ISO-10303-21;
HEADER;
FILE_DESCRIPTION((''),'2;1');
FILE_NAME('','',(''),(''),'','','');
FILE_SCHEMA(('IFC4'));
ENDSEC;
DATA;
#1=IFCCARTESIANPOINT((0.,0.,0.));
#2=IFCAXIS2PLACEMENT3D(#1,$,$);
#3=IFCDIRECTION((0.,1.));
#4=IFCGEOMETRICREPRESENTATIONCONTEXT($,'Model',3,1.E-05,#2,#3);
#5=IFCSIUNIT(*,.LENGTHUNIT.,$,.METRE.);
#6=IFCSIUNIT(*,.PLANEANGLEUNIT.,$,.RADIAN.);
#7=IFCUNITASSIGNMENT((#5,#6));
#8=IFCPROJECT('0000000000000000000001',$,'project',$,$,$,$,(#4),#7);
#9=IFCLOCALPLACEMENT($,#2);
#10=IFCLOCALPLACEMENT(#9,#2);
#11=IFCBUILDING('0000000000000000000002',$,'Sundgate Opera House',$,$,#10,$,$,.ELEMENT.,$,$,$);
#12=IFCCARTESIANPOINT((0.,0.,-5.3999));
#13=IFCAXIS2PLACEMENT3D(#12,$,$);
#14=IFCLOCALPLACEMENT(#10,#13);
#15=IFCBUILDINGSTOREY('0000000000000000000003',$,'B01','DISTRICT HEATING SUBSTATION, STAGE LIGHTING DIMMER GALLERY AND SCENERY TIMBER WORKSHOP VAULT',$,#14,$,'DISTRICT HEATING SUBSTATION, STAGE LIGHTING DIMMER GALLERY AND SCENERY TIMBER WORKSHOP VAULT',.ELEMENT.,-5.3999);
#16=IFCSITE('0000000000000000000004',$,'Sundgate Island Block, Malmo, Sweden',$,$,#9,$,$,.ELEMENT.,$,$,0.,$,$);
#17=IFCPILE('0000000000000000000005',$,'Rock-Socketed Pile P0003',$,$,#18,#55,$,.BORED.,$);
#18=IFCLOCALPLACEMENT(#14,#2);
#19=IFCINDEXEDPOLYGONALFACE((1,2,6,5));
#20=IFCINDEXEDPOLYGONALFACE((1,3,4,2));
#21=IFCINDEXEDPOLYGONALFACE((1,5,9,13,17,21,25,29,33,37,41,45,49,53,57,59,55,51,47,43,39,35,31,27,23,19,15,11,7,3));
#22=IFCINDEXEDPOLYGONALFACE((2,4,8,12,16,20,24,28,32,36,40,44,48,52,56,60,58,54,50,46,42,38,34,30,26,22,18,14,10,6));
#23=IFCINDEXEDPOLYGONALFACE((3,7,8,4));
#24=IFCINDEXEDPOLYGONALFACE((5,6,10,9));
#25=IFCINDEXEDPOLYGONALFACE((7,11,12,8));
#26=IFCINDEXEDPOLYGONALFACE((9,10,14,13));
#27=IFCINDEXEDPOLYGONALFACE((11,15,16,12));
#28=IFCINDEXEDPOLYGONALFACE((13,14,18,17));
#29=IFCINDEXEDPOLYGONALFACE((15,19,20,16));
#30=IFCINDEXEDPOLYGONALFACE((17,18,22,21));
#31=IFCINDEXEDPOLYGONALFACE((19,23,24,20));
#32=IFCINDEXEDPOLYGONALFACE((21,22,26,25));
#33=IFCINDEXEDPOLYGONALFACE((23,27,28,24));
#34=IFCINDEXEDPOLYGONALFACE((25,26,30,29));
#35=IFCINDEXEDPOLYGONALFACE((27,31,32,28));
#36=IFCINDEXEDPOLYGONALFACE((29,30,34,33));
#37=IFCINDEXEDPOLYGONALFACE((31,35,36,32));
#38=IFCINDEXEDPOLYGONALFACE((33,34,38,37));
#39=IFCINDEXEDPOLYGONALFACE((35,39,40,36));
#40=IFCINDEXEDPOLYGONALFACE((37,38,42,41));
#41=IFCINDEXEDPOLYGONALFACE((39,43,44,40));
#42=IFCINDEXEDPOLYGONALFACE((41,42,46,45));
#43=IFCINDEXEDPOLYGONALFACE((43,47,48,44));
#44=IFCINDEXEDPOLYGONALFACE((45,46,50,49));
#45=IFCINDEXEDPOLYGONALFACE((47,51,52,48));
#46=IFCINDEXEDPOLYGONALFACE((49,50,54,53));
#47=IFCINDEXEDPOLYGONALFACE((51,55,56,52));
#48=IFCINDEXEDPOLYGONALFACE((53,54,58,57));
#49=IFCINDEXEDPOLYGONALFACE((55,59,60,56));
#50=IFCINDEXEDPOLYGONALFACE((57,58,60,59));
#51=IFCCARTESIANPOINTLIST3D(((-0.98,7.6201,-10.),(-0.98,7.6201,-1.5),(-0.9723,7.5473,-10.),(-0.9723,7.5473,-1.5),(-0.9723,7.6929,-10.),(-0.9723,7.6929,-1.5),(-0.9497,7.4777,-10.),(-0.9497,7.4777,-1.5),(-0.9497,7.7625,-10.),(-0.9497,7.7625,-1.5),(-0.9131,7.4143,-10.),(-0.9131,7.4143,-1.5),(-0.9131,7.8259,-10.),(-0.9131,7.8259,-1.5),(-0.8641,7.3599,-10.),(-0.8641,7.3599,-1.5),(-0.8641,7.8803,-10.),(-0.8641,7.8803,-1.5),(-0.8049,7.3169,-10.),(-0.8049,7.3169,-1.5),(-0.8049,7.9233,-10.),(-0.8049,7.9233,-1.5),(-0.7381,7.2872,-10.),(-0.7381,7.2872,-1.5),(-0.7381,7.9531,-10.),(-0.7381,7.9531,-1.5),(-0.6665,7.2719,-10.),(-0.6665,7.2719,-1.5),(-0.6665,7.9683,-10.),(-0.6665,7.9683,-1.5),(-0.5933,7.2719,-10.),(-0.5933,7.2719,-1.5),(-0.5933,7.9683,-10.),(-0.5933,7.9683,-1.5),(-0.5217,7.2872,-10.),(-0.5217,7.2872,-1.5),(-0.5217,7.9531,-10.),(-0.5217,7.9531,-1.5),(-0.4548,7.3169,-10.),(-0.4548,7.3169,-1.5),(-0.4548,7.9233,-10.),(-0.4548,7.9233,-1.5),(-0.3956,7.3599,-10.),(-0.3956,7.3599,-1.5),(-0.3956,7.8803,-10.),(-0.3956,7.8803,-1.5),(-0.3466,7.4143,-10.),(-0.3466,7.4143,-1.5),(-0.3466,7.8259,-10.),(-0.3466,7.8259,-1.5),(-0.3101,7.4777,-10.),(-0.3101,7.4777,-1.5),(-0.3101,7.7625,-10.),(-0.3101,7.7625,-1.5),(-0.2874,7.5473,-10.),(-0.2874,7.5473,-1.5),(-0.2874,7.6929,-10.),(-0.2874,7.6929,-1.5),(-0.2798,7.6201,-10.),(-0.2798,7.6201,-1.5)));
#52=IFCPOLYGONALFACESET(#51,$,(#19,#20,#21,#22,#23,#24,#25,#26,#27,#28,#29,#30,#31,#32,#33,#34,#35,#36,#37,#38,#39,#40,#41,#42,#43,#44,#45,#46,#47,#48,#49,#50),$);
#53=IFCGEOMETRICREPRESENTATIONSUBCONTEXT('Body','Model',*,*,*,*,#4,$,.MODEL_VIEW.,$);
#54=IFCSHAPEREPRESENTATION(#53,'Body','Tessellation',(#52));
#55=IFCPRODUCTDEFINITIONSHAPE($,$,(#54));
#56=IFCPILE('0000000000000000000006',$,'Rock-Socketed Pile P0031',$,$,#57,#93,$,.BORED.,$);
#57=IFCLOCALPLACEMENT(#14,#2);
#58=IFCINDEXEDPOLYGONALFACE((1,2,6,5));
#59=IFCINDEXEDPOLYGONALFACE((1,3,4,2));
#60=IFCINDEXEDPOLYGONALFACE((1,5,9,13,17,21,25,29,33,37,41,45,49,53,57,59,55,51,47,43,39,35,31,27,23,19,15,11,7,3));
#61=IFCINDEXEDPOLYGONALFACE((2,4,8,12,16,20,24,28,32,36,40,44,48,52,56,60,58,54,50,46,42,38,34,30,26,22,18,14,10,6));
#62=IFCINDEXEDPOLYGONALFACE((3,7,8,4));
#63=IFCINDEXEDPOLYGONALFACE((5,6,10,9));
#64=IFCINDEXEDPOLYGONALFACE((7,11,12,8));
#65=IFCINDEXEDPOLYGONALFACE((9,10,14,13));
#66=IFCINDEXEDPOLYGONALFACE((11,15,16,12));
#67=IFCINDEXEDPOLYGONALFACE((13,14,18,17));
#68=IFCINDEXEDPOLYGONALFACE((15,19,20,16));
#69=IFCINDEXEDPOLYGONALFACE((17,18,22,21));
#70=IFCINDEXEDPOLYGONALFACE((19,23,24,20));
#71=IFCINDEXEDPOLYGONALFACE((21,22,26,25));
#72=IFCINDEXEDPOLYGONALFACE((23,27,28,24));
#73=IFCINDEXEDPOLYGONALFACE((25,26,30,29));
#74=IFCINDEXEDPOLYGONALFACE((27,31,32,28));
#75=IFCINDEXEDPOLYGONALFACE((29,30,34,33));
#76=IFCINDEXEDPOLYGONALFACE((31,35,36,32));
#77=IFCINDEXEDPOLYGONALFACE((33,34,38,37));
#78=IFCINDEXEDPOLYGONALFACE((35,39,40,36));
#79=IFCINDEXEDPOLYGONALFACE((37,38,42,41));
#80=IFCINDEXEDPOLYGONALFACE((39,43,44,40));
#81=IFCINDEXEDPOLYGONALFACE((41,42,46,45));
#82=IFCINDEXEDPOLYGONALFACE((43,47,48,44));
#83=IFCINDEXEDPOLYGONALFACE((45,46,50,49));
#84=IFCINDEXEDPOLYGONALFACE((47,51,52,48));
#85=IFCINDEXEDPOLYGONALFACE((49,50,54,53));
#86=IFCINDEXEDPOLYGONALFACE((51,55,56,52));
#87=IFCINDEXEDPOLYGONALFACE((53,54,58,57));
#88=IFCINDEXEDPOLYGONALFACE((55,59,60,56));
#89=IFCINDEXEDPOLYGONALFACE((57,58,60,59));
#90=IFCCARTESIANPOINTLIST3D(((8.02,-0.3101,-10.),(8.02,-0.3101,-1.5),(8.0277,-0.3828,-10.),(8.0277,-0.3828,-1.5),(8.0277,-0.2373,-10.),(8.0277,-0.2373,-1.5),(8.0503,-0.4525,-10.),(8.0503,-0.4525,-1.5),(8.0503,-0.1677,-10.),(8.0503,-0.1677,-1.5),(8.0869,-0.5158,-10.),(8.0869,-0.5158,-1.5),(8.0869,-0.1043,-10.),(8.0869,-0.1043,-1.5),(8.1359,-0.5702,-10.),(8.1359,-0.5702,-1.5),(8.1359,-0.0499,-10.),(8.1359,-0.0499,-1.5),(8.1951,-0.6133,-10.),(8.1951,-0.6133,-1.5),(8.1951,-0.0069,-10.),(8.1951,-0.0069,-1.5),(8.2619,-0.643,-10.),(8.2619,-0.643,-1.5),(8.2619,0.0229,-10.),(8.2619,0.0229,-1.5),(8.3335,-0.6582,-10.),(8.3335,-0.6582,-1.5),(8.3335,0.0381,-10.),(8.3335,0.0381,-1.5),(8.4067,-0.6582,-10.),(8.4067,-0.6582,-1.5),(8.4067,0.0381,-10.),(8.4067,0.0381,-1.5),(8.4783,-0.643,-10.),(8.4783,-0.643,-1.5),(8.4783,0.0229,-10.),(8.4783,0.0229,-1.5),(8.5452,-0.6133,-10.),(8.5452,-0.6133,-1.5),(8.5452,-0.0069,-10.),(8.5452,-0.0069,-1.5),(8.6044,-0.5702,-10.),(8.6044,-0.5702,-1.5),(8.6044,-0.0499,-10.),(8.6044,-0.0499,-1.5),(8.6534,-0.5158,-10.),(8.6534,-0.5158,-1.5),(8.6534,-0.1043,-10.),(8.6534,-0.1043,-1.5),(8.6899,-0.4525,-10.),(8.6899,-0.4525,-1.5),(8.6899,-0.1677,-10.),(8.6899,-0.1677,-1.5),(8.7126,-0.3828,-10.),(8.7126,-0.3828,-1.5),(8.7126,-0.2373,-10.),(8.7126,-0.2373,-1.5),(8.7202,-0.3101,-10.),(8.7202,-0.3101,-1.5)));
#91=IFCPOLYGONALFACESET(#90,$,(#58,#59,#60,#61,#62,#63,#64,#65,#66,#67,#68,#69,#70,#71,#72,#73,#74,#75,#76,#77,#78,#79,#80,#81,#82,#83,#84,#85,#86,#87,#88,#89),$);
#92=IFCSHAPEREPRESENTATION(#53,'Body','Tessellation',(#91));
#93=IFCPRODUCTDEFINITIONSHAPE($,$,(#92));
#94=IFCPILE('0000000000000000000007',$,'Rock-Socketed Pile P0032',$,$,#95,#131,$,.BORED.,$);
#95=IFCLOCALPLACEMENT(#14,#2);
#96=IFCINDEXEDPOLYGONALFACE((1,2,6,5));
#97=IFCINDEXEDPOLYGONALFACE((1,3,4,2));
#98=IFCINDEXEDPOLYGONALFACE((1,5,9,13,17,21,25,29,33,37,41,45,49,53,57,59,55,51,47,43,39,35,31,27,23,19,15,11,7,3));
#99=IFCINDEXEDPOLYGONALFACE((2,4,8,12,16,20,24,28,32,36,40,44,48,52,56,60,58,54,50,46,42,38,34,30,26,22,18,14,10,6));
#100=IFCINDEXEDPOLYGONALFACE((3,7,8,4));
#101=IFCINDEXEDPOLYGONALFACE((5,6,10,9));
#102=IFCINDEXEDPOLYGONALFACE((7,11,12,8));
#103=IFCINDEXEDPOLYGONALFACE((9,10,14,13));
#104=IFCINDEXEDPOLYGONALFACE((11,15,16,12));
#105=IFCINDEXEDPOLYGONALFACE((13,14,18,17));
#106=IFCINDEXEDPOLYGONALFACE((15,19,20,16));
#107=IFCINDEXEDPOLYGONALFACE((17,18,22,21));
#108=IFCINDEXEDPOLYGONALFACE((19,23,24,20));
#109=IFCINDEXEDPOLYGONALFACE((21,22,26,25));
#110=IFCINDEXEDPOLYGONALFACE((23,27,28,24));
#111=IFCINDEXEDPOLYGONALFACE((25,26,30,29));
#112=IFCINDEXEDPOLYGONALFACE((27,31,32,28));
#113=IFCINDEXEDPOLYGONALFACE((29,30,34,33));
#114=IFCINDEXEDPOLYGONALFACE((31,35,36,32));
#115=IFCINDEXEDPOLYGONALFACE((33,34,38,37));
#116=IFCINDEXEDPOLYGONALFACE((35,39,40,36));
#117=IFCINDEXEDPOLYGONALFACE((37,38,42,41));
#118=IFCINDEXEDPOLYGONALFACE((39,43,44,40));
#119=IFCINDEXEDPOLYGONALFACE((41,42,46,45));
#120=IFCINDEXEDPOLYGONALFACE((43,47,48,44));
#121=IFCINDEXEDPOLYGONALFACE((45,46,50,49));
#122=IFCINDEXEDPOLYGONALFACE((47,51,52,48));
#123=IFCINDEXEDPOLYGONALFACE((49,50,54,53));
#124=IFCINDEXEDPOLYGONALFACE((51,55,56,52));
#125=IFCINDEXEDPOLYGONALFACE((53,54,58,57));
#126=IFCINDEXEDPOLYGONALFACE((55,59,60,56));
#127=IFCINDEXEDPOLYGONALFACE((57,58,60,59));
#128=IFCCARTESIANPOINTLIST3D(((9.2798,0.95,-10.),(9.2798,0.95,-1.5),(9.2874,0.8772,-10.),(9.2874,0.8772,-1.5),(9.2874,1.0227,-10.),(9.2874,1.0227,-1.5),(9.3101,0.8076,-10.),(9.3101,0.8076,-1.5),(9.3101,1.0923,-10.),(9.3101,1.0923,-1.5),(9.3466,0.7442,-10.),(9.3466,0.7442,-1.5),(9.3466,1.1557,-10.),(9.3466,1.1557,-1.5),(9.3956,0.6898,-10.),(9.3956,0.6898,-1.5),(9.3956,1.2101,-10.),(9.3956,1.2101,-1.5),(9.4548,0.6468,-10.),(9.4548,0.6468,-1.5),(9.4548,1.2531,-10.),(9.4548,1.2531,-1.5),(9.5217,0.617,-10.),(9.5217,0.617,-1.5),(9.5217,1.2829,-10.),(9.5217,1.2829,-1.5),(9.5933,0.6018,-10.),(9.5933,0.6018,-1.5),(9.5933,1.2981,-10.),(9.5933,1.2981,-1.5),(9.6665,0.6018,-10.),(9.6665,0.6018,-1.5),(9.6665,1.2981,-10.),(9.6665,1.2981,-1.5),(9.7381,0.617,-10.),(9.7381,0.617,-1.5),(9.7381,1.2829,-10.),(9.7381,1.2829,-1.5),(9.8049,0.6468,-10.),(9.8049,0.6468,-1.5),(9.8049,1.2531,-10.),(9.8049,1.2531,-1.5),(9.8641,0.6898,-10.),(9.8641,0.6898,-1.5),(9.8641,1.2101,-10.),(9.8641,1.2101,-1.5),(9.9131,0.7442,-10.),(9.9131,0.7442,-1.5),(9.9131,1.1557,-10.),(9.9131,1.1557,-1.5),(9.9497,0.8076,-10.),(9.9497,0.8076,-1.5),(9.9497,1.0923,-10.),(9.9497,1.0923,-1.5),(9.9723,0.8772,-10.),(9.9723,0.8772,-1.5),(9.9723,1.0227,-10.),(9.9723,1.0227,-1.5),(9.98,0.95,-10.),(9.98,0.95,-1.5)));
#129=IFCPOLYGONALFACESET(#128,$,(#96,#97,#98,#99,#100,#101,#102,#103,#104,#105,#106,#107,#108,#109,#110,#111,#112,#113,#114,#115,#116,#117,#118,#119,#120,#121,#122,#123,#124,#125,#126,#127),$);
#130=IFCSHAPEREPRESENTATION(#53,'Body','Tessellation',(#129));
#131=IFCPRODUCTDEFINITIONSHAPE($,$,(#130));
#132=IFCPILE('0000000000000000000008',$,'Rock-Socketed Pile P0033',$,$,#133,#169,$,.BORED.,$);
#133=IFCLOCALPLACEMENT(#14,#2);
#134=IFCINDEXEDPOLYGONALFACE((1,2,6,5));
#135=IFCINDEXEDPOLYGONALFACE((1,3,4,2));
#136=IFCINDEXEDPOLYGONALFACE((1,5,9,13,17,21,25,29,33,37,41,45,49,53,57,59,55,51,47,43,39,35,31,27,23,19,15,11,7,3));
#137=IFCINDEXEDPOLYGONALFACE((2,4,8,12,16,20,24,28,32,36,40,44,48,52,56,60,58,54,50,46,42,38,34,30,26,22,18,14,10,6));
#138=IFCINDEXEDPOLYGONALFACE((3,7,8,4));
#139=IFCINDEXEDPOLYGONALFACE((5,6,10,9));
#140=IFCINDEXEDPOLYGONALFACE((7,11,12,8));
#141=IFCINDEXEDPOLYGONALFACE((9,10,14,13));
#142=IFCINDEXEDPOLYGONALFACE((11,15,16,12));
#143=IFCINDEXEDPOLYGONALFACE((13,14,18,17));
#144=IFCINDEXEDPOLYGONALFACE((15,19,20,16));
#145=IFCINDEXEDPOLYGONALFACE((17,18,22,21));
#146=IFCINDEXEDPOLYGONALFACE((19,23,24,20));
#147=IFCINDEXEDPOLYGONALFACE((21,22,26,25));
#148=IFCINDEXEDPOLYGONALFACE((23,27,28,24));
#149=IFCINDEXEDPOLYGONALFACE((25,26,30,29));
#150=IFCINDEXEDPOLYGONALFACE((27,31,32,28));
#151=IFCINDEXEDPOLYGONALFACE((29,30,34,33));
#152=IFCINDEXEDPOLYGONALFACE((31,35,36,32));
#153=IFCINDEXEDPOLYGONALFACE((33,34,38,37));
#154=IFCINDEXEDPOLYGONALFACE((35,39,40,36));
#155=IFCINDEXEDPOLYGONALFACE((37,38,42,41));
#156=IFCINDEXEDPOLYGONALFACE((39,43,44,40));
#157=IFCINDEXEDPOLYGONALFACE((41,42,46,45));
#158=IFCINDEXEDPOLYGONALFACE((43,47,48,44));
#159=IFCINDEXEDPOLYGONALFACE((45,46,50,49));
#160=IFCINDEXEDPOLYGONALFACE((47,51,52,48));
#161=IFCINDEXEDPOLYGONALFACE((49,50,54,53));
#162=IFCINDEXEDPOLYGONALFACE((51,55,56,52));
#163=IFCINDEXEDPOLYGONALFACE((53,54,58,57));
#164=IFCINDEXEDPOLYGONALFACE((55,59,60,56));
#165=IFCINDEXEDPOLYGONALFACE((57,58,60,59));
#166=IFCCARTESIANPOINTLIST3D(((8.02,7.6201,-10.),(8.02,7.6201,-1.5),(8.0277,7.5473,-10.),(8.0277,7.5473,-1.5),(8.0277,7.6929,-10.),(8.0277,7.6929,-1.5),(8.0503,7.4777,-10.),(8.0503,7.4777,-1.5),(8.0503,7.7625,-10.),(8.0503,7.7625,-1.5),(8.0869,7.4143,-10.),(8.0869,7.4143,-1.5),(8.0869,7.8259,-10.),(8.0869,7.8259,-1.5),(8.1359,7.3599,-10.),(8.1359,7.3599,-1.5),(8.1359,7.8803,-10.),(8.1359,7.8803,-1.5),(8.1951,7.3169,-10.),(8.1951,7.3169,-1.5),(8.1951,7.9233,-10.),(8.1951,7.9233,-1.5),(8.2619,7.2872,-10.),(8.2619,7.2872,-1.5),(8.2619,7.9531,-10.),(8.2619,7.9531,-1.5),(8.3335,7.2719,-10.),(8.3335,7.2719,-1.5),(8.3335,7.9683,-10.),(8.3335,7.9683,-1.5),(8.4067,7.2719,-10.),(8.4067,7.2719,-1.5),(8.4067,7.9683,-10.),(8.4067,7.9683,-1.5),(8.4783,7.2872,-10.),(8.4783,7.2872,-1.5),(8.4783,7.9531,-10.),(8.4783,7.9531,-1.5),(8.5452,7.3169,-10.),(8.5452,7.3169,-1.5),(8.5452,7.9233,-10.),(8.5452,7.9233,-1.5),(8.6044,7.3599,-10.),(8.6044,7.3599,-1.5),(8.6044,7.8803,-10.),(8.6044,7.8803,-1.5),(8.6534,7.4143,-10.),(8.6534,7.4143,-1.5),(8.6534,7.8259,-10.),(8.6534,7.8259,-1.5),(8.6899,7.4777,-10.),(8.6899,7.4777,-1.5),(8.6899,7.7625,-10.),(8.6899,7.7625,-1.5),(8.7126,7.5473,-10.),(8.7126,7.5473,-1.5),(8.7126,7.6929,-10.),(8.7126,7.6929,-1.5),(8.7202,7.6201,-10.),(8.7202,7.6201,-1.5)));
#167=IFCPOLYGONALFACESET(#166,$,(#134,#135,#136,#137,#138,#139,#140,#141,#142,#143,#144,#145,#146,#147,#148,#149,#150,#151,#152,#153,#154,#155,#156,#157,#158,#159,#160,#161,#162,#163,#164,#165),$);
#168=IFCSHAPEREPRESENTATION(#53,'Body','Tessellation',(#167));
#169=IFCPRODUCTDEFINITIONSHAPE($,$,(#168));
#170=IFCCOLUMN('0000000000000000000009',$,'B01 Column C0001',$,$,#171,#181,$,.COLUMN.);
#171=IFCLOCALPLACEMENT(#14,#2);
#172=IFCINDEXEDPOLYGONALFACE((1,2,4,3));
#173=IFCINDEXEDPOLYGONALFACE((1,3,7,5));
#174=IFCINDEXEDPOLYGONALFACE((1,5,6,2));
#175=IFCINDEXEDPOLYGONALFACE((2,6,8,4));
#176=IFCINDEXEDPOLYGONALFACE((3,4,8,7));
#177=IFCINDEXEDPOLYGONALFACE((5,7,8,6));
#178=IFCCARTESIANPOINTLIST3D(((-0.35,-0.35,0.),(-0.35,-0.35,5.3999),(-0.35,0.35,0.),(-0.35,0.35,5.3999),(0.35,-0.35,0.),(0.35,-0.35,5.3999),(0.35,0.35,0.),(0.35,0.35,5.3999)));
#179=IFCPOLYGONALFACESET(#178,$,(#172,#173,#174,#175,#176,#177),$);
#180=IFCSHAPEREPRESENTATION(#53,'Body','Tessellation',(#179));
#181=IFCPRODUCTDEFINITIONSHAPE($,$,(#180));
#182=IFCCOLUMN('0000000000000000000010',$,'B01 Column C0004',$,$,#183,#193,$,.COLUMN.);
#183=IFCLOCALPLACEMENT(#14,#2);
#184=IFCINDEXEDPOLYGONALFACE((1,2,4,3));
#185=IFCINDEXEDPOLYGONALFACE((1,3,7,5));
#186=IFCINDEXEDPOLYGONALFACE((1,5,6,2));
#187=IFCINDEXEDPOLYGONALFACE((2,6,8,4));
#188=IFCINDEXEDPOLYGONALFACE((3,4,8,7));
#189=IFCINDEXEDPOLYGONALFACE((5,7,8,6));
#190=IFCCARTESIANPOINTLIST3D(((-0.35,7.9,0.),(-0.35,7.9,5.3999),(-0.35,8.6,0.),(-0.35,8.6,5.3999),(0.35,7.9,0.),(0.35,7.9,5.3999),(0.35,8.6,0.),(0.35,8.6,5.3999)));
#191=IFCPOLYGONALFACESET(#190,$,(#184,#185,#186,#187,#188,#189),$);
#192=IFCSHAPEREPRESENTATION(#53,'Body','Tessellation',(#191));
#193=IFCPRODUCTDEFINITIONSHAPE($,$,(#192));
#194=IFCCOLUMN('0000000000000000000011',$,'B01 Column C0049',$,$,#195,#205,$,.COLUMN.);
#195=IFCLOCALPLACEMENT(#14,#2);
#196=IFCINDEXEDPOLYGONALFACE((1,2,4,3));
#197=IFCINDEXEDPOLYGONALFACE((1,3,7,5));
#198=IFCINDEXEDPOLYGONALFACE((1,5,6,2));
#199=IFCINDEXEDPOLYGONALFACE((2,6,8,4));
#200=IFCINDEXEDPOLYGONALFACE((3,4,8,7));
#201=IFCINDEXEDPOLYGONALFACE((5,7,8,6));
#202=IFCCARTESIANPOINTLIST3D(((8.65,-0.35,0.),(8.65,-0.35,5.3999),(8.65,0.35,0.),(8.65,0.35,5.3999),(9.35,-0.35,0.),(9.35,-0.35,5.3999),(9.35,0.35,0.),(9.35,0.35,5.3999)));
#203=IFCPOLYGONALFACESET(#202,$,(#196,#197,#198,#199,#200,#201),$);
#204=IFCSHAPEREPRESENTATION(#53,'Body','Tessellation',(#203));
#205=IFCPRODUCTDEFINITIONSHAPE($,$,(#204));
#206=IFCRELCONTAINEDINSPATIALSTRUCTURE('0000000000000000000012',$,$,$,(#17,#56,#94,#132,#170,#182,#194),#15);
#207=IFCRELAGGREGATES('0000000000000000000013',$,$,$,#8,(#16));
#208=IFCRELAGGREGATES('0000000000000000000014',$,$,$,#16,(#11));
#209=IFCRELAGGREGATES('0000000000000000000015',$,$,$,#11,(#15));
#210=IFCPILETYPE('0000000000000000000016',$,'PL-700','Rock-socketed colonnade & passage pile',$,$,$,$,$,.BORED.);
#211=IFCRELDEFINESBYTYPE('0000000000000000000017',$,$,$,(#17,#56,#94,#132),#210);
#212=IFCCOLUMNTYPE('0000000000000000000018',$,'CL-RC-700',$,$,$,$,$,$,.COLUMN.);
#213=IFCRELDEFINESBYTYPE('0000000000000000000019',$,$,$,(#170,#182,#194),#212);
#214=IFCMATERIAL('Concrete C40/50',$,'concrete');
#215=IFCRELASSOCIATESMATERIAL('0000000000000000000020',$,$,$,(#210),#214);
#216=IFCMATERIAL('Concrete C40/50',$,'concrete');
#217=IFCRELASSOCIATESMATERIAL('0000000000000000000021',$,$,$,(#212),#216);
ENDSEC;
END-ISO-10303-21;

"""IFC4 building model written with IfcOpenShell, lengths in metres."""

from ifc_helpers import new_model, si_unit, direction, frame, origin, origin_2d, place, context, subcontext, project, spatial, rectangle, circle, extrude, material, material_profile, profile_set, type_object, element, save


model = new_model("IFC4")

# Units and contexts
model_context = context("Model", 3, precision=1e-05, world=origin(), true_north=direction((0.0, 1.0)))
body_context = subcontext(model_context, "Body", "Model", "MODEL_VIEW")
ifc_project = project(units=[si_unit("LENGTHUNIT", "METRE"), si_unit("PLANEANGLEUNIT", "RADIAN")], contexts=[model_context])

# Site, building, storey
site_placement = place(None, origin())
site = spatial("IfcSite", under=ifc_project, at=site_placement, Name="Sundgate Island Block, Malmo, Sweden", CompositionType="ELEMENT", RefElevation=0.0)
building_placement = place(site_placement, origin())
building = spatial("IfcBuilding", under=site, at=building_placement, Name="Sundgate Opera House", CompositionType="ELEMENT")
storey_placement = place(building_placement, frame((0.0, 0.0, -5.3999)))
storey = spatial("IfcBuildingStorey", under=building, at=storey_placement, Name="B01", Description="DISTRICT HEATING SUBSTATION, STAGE LIGHTING DIMMER GALLERY AND SCENERY TIMBER WORKSHOP VAULT", LongName="DISTRICT HEATING SUBSTATION, STAGE LIGHTING DIMMER GALLERY AND SCENERY TIMBER WORKSHOP VAULT", CompositionType="ELEMENT", Elevation=-5.3999)

# Piles
ifc_material_1 = material(Name="Concrete C40/50", Category="concrete")
ifc_material_profile_1 = material_profile(ifc_material_1, circle(Radius=0.3501, at=origin_2d()), Name="PILE D700")
ifc_profile_set_1 = profile_set([ifc_material_profile_1], Name="Concrete C40/50")
pile_type = type_object("IfcPileType", Name="PL-700", Description="Rock-socketed colonnade & passage pile", PredefinedType="BORED", material=ifc_profile_set_1)
for number, where, z_axis, x_axis, name in (
    (1, (-0.6299, 7.6201, -1.5), (0.0, 0.0, -1.0), (1.0, 0.0, 0.0), "Rock-Socketed Pile P0003"),
    (2, (8.3701, -0.3101, -1.5), (0.0, 0.0, -1.0), (1.0, 0.0, 0.0), "Rock-Socketed Pile P0031"),
    (3, (9.6299, 0.95, -1.5), (0.0, 0.0, -1.0), (1.0, 0.0, 0.0), "Rock-Socketed Pile P0032"),
    (4, (8.3701, 7.6201, -1.5), (0.0, 0.0, -1.0), (1.0, 0.0, 0.0), "Rock-Socketed Pile P0033"),
):
    element("IfcPile", number, at=place(storey_placement, frame(where, z_axis=z_axis, x_axis=x_axis)), inside=storey, type_object=pile_type, Name=name, PredefinedType="BORED", context=body_context, shape_type="SweptSolid", body=[
        extrude(circle(Radius=0.3501, at=origin_2d()), origin(), (0.0, 0.0, 1.0), 8.5),
    ])

# Columns
ifc_material_2 = material(Name="Concrete C40/50", Category="concrete")
ifc_material_profile_2 = material_profile(ifc_material_2, rectangle(XDim=0.7, YDim=0.7, at=origin_2d()), Name="RC 700x700")
ifc_profile_set_2 = profile_set([ifc_material_profile_2], Name="Concrete C40/50")
column_type = type_object("IfcColumnType", Name="CL-RC-700", PredefinedType="COLUMN", material=ifc_profile_set_2)
for number, where, z_axis, x_axis, name in (
    (5, (0.0, 0.0, 0.0), (0.0, 0.0, 1.0), (1.0, 0.0, 0.0), "B01 Column C0001"),
    (6, (0.0, 8.25, 0.0), (0.0, 0.0, 1.0), (1.0, 0.0, 0.0), "B01 Column C0004"),
    (7, (9.0, 0.0, 0.0), (0.0, 0.0, 1.0), (1.0, 0.0, 0.0), "B01 Column C0049"),
):
    element("IfcColumn", number, at=place(storey_placement, frame(where, z_axis=z_axis, x_axis=x_axis)), inside=storey, type_object=column_type, Name=name, PredefinedType="COLUMN", context=body_context, shape_type="SweptSolid", body=[
        extrude(rectangle(XDim=0.7, YDim=0.7, at=origin_2d()), origin(), (0.0, 0.0, 1.0), 5.3999),
    ])

save(model, "model.ifc")
